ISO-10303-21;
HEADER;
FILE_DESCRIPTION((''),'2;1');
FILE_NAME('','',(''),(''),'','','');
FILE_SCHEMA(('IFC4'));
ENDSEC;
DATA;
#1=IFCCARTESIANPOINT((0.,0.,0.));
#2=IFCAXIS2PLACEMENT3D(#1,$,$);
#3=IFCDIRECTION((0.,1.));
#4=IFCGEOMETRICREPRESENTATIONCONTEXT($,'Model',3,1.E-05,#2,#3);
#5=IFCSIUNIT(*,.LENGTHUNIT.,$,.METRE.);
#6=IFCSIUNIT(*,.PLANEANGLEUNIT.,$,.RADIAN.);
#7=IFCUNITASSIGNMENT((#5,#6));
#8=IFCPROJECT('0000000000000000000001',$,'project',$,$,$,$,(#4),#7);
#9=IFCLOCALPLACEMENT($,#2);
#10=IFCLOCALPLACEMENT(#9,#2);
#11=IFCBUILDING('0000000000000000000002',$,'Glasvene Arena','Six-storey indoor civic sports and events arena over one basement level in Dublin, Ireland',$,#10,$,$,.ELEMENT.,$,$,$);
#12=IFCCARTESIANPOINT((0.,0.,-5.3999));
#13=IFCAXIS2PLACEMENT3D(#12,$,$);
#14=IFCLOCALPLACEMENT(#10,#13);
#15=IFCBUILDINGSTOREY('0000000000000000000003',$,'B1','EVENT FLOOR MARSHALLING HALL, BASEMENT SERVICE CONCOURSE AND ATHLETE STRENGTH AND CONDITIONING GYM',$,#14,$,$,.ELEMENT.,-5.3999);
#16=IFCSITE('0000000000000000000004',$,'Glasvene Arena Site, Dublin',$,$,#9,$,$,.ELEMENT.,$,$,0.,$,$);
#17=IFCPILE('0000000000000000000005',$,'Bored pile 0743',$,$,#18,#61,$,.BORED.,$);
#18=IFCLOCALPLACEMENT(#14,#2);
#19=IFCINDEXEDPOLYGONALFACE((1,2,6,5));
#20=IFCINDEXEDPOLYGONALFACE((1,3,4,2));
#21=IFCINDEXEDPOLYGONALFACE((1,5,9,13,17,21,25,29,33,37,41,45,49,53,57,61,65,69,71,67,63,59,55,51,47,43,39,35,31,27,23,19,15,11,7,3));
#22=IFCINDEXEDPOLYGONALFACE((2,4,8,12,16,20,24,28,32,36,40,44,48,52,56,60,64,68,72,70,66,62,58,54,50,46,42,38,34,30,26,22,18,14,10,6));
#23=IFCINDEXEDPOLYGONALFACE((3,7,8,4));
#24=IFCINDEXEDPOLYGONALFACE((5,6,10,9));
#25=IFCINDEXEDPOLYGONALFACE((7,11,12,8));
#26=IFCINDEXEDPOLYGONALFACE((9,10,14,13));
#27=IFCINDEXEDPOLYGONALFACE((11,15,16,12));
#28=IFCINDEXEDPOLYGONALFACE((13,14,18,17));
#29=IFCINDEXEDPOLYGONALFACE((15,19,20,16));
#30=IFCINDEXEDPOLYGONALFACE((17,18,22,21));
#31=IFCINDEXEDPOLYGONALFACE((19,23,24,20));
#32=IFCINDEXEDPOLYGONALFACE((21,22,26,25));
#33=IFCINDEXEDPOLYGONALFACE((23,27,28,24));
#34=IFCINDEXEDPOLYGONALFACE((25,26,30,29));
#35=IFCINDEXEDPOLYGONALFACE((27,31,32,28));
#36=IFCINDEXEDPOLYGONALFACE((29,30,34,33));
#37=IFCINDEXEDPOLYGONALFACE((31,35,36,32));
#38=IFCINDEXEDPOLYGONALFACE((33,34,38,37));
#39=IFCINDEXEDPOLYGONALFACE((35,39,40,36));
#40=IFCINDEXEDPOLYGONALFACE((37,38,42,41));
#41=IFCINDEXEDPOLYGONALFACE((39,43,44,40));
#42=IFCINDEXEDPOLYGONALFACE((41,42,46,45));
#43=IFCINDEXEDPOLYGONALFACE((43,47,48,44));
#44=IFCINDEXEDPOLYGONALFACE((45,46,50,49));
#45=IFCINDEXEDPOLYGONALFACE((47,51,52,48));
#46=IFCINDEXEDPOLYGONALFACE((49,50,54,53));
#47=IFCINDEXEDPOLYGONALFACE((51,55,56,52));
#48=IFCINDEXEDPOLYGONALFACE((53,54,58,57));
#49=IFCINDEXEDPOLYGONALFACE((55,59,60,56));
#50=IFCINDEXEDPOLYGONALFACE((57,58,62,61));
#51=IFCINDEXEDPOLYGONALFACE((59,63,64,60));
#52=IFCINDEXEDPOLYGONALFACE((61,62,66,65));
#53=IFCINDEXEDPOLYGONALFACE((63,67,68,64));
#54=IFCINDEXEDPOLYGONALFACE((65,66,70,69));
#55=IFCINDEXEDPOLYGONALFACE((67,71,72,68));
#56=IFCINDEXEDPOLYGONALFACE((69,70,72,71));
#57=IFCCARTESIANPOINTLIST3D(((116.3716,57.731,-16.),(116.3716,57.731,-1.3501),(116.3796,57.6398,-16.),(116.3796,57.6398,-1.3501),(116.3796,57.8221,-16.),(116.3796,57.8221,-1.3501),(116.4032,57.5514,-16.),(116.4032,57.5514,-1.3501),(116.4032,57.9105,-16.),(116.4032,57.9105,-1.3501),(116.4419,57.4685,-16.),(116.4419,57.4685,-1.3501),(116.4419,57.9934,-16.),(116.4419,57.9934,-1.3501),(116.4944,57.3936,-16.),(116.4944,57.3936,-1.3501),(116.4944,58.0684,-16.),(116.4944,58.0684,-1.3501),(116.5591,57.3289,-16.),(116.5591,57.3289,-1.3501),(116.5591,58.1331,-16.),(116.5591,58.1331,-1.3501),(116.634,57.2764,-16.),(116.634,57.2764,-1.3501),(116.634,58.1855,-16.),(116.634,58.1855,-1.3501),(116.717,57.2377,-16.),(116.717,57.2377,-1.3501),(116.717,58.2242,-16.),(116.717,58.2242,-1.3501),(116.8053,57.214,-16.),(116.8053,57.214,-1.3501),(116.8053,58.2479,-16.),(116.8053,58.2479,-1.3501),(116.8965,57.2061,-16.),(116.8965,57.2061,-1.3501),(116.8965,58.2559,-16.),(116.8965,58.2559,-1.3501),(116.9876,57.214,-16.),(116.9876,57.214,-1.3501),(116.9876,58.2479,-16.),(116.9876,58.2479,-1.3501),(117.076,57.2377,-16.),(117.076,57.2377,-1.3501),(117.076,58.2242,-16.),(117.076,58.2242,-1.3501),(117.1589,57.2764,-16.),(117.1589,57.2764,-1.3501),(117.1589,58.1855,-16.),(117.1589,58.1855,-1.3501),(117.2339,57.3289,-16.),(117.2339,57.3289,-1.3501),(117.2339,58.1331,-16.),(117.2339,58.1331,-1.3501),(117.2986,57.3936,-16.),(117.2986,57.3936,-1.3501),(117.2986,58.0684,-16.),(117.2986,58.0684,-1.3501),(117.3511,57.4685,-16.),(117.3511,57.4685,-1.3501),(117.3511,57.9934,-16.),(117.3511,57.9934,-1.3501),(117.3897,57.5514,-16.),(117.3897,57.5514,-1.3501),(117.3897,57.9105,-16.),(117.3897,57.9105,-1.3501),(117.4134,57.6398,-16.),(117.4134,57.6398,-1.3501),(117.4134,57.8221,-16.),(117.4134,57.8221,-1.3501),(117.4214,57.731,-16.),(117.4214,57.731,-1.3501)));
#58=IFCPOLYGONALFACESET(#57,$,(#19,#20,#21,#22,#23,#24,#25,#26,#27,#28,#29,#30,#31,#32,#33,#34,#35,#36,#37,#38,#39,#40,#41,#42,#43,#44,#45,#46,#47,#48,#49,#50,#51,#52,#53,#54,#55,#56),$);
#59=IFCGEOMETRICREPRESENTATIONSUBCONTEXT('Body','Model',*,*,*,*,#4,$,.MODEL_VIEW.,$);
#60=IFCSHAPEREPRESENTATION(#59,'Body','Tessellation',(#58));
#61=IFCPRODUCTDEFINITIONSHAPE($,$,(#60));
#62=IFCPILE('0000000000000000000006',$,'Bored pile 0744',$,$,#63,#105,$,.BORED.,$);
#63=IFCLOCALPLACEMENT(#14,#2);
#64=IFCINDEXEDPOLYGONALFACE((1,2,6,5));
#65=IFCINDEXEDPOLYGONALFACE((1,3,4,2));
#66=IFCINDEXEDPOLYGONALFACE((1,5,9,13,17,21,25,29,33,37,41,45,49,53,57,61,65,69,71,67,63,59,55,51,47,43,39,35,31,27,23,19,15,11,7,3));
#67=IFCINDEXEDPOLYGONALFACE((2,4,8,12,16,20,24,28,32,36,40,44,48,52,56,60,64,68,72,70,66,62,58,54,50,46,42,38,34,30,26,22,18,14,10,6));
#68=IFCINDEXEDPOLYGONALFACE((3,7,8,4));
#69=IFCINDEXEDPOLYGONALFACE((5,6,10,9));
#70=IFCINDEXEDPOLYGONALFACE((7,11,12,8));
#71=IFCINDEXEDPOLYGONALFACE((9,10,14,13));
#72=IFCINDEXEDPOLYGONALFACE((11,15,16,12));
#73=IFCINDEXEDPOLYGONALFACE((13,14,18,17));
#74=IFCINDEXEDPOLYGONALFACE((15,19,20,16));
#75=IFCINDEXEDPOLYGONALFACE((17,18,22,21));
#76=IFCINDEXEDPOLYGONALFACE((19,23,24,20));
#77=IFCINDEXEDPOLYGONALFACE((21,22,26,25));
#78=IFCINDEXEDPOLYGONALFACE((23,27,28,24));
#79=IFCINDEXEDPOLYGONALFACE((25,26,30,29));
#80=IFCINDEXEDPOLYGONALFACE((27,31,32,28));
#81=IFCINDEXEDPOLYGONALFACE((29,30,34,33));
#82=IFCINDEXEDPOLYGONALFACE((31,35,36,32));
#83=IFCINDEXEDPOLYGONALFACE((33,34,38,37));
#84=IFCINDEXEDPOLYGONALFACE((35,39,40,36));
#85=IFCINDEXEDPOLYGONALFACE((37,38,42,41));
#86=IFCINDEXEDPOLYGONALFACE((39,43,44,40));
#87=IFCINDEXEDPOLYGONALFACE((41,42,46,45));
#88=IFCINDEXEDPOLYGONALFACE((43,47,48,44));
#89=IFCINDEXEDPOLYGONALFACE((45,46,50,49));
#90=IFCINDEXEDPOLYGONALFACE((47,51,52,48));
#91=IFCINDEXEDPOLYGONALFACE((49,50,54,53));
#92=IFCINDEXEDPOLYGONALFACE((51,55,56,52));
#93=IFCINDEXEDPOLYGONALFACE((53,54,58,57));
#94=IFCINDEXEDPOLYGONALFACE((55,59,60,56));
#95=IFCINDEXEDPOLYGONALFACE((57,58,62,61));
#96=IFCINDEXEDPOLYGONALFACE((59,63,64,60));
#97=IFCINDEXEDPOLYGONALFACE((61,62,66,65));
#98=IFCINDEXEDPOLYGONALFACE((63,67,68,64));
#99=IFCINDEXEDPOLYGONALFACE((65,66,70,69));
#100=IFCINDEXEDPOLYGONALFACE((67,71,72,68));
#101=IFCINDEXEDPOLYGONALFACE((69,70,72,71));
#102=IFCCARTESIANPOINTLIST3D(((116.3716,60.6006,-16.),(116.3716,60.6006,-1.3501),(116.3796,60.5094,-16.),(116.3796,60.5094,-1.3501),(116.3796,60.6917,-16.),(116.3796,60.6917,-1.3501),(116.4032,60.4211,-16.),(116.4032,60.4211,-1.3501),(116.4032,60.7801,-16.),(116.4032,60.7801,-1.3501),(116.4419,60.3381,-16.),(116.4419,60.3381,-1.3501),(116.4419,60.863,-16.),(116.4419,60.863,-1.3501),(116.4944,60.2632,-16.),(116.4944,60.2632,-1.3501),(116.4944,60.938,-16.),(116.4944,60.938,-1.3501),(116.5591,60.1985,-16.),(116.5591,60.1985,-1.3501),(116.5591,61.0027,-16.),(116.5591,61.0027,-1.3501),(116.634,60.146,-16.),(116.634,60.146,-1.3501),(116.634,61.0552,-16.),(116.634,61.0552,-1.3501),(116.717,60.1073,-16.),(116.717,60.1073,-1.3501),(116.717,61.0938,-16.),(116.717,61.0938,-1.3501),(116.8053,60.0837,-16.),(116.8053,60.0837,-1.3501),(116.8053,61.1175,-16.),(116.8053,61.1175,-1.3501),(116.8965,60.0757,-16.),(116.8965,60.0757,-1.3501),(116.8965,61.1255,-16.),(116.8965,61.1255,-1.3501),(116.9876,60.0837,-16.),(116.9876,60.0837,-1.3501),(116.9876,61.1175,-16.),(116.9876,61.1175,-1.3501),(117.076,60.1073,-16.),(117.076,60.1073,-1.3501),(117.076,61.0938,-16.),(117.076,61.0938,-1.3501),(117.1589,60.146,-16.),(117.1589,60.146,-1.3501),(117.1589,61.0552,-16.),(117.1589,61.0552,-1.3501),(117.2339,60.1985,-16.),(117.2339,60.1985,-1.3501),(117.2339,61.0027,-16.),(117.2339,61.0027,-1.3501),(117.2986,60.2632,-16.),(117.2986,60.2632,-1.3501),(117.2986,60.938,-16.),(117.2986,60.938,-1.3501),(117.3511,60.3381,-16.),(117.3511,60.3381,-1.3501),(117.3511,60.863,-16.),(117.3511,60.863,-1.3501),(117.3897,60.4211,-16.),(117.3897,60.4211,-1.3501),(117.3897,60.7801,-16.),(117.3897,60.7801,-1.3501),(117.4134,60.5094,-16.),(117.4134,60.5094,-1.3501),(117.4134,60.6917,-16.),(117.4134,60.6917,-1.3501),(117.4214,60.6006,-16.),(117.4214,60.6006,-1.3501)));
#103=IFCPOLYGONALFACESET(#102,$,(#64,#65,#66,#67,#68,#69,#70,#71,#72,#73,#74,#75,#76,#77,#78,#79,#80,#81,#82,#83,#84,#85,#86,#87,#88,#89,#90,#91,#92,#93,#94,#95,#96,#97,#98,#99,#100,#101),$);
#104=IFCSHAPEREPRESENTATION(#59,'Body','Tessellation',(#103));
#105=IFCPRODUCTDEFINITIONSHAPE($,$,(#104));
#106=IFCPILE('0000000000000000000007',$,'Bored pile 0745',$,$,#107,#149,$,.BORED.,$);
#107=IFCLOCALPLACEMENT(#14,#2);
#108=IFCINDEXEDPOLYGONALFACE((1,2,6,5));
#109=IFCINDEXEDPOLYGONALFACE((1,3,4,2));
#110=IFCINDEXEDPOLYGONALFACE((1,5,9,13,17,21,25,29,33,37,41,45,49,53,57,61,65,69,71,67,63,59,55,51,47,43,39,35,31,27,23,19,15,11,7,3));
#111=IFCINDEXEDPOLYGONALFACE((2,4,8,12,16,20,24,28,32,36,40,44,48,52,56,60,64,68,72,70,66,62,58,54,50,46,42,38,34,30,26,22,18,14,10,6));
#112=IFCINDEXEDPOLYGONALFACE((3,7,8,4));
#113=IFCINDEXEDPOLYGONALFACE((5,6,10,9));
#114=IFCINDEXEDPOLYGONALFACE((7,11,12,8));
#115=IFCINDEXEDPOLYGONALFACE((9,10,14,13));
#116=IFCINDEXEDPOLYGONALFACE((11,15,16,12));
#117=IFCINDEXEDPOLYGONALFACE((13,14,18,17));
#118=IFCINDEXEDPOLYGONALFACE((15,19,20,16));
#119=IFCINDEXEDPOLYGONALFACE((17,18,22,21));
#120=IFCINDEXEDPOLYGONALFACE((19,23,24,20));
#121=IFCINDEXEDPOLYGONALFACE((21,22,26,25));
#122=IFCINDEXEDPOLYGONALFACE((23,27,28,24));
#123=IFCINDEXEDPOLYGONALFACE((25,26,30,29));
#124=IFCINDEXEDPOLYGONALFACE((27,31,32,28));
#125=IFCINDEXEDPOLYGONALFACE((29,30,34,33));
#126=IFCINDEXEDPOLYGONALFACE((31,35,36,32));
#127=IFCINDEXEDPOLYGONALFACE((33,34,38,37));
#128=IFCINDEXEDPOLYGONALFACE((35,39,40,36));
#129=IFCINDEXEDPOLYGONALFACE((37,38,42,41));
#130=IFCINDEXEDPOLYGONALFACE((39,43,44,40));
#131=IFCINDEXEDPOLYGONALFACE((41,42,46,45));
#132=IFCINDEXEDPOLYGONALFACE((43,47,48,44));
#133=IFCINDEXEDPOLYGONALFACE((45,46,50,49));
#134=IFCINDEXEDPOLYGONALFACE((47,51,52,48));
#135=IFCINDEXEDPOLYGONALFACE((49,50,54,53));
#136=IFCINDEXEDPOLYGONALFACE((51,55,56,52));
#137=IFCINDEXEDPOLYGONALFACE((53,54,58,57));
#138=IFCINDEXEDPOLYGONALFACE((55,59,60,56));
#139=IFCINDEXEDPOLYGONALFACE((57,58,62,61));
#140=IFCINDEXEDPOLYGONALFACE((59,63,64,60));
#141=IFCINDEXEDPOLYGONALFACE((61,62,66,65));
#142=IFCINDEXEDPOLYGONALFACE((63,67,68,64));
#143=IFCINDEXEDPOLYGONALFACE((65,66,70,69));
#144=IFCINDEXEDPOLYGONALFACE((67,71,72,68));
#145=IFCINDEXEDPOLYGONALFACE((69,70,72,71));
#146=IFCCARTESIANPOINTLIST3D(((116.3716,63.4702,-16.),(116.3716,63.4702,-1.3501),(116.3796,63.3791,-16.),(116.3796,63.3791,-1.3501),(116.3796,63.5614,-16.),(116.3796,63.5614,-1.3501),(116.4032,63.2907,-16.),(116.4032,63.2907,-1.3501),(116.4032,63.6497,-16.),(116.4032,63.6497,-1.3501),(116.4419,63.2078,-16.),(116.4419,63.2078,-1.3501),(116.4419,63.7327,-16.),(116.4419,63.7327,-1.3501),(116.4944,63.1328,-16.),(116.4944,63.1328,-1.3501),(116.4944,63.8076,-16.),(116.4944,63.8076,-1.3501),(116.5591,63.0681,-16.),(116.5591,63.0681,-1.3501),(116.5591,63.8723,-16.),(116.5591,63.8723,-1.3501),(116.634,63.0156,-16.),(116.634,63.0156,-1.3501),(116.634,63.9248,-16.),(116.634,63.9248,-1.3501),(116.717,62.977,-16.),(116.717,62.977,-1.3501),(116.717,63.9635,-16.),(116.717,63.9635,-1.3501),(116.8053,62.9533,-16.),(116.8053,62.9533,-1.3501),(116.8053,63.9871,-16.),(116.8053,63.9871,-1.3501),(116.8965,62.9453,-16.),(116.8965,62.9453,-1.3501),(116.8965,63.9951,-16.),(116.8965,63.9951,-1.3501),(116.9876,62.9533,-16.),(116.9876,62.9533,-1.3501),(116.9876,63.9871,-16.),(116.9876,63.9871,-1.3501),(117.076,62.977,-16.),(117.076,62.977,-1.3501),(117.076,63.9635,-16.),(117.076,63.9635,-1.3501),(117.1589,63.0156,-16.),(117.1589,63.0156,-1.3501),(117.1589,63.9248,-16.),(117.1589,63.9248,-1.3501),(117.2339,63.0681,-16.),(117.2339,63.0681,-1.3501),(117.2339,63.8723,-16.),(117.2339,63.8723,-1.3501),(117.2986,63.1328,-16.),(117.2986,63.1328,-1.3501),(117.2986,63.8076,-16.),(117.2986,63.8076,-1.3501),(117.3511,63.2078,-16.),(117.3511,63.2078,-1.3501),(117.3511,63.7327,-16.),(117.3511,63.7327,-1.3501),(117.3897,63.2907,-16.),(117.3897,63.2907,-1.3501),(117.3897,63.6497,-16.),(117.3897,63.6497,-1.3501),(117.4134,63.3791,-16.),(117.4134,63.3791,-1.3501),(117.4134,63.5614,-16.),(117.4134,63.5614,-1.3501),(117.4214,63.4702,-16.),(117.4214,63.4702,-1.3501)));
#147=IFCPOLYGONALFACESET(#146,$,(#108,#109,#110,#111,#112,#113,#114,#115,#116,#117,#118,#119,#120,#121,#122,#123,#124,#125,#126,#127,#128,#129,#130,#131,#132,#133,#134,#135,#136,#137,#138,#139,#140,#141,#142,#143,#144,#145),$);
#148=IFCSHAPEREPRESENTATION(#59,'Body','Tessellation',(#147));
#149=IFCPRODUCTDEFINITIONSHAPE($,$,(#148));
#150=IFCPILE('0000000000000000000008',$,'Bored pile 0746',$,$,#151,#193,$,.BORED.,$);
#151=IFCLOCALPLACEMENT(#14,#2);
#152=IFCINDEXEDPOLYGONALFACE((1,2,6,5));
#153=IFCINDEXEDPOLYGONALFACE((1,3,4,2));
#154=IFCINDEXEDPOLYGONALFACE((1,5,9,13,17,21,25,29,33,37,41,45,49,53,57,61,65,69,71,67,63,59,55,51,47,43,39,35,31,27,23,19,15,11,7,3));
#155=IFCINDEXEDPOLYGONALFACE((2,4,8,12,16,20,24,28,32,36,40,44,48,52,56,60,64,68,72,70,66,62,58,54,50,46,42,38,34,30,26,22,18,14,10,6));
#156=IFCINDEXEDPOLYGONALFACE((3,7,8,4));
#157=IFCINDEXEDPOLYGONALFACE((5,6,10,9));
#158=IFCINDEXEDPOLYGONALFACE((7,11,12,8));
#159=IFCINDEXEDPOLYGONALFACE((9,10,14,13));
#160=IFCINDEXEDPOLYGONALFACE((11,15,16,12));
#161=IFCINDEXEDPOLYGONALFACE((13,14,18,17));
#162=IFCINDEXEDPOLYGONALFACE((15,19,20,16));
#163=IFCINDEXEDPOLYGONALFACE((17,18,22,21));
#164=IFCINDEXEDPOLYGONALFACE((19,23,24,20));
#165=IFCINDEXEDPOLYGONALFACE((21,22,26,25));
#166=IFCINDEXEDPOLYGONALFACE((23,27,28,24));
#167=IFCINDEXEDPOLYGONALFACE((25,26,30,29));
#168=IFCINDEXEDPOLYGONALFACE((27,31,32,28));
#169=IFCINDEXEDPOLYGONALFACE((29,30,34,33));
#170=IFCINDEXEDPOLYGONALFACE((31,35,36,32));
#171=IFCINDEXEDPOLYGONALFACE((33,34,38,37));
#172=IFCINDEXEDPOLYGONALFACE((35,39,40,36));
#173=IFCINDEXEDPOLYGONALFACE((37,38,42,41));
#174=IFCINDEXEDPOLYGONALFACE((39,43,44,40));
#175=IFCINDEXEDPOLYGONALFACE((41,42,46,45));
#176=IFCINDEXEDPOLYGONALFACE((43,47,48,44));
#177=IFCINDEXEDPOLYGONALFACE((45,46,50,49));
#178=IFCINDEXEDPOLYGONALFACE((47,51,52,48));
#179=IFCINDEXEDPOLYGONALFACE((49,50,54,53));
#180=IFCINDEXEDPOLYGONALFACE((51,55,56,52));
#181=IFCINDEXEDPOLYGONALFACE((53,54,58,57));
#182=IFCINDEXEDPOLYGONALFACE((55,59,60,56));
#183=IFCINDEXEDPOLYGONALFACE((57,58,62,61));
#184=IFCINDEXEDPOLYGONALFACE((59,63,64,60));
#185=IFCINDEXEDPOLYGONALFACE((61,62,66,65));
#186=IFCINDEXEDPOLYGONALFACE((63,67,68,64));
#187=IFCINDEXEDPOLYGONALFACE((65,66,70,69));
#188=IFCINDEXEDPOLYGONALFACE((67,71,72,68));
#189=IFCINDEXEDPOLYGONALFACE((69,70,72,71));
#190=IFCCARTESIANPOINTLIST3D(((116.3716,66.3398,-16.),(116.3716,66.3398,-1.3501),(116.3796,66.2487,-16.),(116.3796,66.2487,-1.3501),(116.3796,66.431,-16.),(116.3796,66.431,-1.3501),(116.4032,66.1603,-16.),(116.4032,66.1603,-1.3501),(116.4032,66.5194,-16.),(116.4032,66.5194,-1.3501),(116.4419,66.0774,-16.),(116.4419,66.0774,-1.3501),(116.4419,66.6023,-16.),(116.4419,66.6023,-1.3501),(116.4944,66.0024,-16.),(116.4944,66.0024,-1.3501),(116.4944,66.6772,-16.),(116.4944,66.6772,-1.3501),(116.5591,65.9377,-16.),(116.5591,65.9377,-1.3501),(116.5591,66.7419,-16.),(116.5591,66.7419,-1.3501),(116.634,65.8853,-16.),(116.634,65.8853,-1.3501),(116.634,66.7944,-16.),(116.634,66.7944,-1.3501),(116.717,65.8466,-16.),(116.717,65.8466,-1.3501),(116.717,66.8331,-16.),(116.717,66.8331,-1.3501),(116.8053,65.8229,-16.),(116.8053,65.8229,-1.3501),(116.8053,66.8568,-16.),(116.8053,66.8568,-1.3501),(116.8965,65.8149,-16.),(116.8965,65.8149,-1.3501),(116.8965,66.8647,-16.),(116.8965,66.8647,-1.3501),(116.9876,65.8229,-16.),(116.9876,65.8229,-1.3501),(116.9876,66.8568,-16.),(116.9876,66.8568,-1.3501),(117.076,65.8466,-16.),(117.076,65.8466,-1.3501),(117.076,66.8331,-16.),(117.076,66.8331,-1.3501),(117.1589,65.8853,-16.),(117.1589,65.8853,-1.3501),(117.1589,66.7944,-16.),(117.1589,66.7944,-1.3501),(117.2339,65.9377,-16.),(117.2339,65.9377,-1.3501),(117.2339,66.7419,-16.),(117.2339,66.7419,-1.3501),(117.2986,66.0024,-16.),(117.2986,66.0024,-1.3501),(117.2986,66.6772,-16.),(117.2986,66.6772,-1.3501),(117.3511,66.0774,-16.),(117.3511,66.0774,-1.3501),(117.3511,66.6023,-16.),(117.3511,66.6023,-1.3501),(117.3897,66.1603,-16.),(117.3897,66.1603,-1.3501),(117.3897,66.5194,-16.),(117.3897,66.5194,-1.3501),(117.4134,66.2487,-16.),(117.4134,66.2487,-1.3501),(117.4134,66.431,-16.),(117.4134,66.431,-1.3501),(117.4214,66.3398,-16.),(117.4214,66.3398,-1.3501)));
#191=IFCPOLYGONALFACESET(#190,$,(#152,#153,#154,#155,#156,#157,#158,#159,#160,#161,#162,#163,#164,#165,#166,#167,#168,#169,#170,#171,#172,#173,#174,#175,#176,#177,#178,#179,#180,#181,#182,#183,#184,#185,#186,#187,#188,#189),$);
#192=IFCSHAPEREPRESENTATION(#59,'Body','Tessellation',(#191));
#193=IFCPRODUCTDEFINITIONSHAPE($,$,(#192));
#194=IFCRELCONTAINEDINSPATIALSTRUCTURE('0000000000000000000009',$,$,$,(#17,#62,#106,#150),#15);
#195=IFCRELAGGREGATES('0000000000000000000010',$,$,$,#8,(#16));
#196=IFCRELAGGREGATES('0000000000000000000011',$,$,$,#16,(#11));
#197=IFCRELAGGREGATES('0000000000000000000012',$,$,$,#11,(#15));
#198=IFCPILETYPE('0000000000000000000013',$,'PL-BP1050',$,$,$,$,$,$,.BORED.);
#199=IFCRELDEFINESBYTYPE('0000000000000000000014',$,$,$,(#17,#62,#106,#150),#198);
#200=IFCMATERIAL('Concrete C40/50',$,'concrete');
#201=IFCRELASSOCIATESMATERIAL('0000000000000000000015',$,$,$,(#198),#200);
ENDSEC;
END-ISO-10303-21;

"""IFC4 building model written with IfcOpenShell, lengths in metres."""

from ifc_helpers import new_model, si_unit, direction, frame, origin, origin_2d, place, context, subcontext, project, spatial, circle, extrude, material, material_profile, profile_set, type_object, element, save


model = new_model("IFC4")

# Units and contexts
model_context = context("Model", 3, precision=1e-05, world=origin(), true_north=direction((0.0, 1.0)))
body_context = subcontext(model_context, "Body", "Model", "MODEL_VIEW")
ifc_project = project(units=[si_unit("LENGTHUNIT", "METRE"), si_unit("PLANEANGLEUNIT", "RADIAN")], contexts=[model_context])

# Site, building, storey
site_placement = place(None, origin())
site = spatial("IfcSite", under=ifc_project, at=site_placement, Name="Glasvene Arena Site, Dublin", CompositionType="ELEMENT", RefElevation=0.0)
building_placement = place(site_placement, origin())
building = spatial("IfcBuilding", under=site, at=building_placement, Name="Glasvene Arena", Description="Six-storey indoor civic sports and events arena over one basement level in Dublin, Ireland", CompositionType="ELEMENT")
storey_placement = place(building_placement, frame((0.0, 0.0, -5.3999)))
storey = spatial("IfcBuildingStorey", under=building, at=storey_placement, Name="B1", Description="EVENT FLOOR MARSHALLING HALL, BASEMENT SERVICE CONCOURSE AND ATHLETE STRENGTH AND CONDITIONING GYM", CompositionType="ELEMENT", Elevation=-5.3999)

# Piles
ifc_material_1 = material(Name="Concrete C40/50", Category="concrete")
ifc_material_profile_1 = material_profile(ifc_material_1, circle(Radius=0.5249, at=origin_2d()), Name="BORED PILE 1050")
ifc_profile_set_1 = profile_set([ifc_material_profile_1], Name="Concrete C40/50")
pile_type = type_object("IfcPileType", Name="PL-BP1050", PredefinedType="BORED", material=ifc_profile_set_1)
for number, where, z_axis, x_axis, name in (
    (1, (116.8965, 57.731, -1.3501), (0.0, 0.0, -1.0), (1.0, 0.0, 0.0), "Bored pile 0743"),
    (2, (116.8965, 60.6006, -1.3501), (0.0, 0.0, -1.0), (1.0, 0.0, 0.0), "Bored pile 0744"),
    (3, (116.8965, 63.4702, -1.3501), (0.0, 0.0, -1.0), (1.0, 0.0, 0.0), "Bored pile 0745"),
    (4, (116.8965, 66.3398, -1.3501), (0.0, 0.0, -1.0), (1.0, 0.0, 0.0), "Bored pile 0746"),
):
    element("IfcPile", number, at=place(storey_placement, frame(where, z_axis=z_axis, x_axis=x_axis)), inside=storey, type_object=pile_type, Name=name, PredefinedType="BORED", context=body_context, shape_type="SweptSolid", body=[
        extrude(circle(Radius=0.5249, at=origin_2d()), origin(), (0.0, 0.0, 1.0), 14.6499),
    ])

save(model, "model.ifc")
